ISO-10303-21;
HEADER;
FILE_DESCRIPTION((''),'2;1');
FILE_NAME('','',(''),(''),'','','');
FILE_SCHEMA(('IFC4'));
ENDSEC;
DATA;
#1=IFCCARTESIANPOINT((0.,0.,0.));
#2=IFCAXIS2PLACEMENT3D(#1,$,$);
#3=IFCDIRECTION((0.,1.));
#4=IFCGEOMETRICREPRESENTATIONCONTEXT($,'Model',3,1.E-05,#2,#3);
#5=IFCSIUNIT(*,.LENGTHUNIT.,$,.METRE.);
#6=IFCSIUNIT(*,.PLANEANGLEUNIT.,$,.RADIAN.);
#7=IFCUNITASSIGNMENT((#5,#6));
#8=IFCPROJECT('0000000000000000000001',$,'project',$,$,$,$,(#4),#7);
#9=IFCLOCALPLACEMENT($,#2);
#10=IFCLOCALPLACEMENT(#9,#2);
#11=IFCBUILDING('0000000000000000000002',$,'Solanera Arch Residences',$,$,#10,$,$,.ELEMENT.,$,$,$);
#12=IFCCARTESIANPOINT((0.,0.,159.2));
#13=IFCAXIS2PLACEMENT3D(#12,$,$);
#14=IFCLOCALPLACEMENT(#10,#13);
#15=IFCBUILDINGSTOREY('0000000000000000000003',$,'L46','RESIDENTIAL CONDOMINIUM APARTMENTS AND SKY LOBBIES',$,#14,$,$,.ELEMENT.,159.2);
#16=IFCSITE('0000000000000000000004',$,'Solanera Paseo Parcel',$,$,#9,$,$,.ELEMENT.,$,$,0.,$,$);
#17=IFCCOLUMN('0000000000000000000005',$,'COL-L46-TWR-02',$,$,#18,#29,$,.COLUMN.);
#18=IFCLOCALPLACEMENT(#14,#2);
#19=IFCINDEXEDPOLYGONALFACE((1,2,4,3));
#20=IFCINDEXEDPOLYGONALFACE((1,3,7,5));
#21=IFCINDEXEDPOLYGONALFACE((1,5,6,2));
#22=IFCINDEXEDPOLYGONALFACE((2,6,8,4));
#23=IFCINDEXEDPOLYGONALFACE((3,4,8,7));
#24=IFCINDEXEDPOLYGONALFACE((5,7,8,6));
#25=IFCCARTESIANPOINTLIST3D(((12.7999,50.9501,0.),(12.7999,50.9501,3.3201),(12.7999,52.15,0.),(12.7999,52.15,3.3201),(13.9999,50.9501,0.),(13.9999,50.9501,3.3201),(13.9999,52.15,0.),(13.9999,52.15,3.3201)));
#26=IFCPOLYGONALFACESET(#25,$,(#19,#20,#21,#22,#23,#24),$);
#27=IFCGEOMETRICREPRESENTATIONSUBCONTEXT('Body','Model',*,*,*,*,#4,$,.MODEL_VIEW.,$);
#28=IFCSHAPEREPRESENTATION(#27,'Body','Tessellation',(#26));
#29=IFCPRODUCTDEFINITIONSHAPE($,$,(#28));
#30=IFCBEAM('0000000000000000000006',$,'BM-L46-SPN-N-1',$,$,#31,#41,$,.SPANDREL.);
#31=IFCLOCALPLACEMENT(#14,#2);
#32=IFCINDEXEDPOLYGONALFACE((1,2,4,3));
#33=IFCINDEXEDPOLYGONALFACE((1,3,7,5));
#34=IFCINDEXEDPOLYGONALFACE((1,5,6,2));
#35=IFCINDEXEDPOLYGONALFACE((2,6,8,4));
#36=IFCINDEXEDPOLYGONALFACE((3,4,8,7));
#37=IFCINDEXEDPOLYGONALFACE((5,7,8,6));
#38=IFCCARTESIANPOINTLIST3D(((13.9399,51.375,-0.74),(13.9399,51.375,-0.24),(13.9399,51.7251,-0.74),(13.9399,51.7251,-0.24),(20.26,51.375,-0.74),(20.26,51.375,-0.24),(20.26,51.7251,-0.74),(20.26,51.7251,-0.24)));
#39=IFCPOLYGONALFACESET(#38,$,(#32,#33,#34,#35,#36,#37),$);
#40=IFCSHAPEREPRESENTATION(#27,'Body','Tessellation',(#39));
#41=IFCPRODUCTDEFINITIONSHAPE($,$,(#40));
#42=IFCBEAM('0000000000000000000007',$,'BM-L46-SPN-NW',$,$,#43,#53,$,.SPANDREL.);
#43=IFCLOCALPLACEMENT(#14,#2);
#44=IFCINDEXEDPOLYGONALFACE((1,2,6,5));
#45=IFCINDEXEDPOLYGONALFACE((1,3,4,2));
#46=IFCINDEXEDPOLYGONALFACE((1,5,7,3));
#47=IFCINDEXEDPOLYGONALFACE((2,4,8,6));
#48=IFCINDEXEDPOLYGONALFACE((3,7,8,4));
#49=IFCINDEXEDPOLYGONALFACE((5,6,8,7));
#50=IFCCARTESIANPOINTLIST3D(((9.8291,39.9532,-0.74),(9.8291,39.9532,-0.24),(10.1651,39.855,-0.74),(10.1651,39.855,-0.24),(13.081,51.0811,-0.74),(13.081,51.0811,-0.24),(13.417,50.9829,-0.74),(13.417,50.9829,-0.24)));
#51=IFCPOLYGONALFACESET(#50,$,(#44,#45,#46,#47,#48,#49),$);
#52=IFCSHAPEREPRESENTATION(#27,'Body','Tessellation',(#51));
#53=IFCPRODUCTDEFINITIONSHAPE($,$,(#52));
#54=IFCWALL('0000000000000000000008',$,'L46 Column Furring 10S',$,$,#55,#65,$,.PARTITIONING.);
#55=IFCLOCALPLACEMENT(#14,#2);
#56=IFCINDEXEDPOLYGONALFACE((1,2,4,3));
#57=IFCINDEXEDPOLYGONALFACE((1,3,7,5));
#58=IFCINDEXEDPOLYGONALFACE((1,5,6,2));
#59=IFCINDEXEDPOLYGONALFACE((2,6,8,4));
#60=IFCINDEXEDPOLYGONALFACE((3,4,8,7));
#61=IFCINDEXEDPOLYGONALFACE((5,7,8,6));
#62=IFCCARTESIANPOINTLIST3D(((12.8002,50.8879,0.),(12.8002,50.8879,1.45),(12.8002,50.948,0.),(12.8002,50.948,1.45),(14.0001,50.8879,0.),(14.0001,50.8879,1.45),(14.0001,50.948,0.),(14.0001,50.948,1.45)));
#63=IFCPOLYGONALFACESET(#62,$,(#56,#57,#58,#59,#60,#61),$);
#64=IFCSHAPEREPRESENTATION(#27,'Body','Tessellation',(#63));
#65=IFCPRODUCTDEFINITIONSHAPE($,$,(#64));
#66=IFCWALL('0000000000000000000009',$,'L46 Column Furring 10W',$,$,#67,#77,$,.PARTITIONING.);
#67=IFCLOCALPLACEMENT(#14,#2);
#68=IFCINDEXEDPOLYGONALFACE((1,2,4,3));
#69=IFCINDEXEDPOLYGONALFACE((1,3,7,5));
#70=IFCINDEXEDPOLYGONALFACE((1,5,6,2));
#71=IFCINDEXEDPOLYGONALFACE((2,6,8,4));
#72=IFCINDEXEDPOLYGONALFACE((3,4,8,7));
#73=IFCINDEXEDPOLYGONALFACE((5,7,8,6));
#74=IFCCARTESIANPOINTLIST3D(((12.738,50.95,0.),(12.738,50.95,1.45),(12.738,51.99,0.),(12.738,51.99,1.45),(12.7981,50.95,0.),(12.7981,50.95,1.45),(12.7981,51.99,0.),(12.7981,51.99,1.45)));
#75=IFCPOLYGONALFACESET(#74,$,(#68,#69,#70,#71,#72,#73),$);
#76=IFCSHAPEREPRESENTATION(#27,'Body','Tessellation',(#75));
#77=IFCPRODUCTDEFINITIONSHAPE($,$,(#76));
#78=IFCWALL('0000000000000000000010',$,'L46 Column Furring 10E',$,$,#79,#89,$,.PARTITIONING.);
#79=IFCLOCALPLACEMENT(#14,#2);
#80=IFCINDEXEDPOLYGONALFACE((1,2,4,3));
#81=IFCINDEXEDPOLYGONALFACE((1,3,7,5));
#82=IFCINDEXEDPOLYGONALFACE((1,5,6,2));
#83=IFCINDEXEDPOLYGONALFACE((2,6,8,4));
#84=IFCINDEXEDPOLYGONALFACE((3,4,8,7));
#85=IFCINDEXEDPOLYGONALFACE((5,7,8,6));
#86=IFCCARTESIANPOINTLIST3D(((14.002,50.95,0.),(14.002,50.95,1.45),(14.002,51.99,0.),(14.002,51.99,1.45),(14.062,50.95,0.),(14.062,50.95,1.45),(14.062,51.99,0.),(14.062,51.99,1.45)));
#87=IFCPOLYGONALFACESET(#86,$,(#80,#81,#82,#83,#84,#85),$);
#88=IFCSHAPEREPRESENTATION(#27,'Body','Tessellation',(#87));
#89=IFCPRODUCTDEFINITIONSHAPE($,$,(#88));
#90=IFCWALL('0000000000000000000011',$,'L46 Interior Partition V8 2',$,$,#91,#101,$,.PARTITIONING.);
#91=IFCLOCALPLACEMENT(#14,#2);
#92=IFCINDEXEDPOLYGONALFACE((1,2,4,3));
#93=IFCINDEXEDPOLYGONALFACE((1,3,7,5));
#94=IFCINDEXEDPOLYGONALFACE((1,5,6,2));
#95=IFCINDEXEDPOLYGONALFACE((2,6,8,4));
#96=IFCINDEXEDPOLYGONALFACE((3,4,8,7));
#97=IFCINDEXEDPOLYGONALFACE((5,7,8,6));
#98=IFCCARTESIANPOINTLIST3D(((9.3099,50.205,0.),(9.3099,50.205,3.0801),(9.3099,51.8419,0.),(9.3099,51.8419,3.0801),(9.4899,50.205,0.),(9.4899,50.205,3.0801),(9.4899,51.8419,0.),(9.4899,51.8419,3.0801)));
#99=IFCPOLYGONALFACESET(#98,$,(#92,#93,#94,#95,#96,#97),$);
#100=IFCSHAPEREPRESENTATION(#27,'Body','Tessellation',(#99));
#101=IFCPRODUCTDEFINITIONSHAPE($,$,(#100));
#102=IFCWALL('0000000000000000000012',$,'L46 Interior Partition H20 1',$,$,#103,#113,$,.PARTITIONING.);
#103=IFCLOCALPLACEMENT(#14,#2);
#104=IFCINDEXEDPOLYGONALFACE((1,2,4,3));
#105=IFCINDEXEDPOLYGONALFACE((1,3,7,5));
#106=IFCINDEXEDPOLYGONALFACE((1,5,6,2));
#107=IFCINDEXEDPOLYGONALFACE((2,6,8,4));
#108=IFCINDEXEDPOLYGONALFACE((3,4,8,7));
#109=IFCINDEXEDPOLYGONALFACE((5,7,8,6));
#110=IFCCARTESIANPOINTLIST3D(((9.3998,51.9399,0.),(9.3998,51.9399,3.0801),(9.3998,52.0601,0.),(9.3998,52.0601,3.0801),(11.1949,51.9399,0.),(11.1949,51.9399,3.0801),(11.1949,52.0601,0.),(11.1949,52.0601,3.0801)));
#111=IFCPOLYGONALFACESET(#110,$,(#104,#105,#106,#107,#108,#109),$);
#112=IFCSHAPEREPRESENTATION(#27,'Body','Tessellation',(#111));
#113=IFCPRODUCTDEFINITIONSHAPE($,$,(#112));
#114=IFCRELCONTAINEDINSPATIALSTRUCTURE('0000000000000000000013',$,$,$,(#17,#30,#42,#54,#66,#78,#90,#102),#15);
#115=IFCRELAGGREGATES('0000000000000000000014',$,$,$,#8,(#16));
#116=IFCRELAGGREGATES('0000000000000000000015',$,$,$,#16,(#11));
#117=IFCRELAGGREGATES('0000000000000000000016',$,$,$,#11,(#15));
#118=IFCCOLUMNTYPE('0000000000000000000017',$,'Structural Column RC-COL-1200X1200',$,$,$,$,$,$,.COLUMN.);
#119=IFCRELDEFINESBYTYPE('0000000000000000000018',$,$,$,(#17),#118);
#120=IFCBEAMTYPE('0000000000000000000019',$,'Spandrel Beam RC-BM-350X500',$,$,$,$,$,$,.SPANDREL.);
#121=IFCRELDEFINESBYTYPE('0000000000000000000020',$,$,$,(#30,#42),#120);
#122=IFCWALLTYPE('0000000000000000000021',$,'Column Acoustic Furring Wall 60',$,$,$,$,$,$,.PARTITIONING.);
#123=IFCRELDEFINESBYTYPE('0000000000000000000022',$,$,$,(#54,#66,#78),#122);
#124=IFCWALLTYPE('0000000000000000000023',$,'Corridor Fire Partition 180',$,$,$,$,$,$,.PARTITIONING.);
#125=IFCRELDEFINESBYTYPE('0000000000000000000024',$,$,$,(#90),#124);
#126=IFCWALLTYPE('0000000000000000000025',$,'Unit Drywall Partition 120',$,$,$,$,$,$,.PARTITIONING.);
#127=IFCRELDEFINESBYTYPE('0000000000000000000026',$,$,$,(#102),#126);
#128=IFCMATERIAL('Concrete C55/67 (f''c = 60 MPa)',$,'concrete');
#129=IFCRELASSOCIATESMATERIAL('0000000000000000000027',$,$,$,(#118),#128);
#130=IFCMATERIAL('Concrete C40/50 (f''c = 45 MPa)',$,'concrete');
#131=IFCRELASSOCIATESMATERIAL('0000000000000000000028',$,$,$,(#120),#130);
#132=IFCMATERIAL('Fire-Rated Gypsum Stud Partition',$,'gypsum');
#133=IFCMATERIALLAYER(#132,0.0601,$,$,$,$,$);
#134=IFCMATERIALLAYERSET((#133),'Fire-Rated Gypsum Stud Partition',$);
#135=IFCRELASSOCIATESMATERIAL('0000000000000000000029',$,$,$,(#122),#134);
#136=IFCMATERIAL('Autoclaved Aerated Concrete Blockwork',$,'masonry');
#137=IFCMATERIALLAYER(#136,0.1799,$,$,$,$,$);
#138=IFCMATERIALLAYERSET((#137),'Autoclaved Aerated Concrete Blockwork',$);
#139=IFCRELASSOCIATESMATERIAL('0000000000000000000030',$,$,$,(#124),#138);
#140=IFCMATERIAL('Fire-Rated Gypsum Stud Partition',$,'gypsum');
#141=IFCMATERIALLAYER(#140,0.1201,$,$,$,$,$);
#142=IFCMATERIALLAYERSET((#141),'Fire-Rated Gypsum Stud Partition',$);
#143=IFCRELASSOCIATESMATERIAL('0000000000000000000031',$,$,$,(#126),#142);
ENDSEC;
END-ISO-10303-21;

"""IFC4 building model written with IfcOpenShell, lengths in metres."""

from ifc_helpers import new_model, si_unit, direction, frame, frame_2d, origin, origin_2d, place, context, subcontext, project, spatial, rectangle, extrude, material, layer, layer_set, material_profile, profile_set, type_object, element, save


model = new_model("IFC4")

# Units and contexts
model_context = context("Model", 3, precision=1e-05, world=origin(), true_north=direction((0.0, 1.0)))
body_context = subcontext(model_context, "Body", "Model", "MODEL_VIEW")
ifc_project = project(units=[si_unit("LENGTHUNIT", "METRE"), si_unit("PLANEANGLEUNIT", "RADIAN")], contexts=[model_context])

# Site, building, storey
site_placement = place(None, origin())
site = spatial("IfcSite", under=ifc_project, at=site_placement, Name="Solanera Paseo Parcel", CompositionType="ELEMENT", RefElevation=0.0)
building_placement = place(site_placement, origin())
building = spatial("IfcBuilding", under=site, at=building_placement, Name="Solanera Arch Residences", CompositionType="ELEMENT")
storey_placement = place(building_placement, frame((0.0, 0.0, 159.2)))
storey = spatial("IfcBuildingStorey", under=building, at=storey_placement, Name="L46", Description="RESIDENTIAL CONDOMINIUM APARTMENTS AND SKY LOBBIES", CompositionType="ELEMENT", Elevation=159.2)

# Column
ifc_material_1 = material(Name="Concrete C55/67 (f'c = 60 MPa)", Category="concrete")
ifc_material_profile_1 = material_profile(ifc_material_1, rectangle(XDim=1.2, YDim=1.2, at=origin_2d()))
ifc_profile_set_1 = profile_set([ifc_material_profile_1], Name="Concrete C55/67 (f'c = 60 MPa)")
column_type = type_object("IfcColumnType", Name="Structural Column RC-COL-1200X1200", PredefinedType="COLUMN", material=ifc_profile_set_1)
column_placement = place(storey_placement, frame((13.3999, 51.55, 0.0), z_axis=(0.0, 0.0, 1.0), x_axis=(1.0, 0.0, 0.0)))
element("IfcColumn", 1, at=column_placement, inside=storey, type_object=column_type, Name="COL-L46-TWR-02", PredefinedType="COLUMN", context=body_context, shape_type="SweptSolid", body=[
    extrude(rectangle(XDim=1.2, YDim=1.2, at=origin_2d()), origin(), (0.0, 0.0, 1.0), 3.3201),
])

# Beams
ifc_material_2 = material(Name="Concrete C40/50 (f'c = 45 MPa)", Category="concrete")
ifc_material_profile_2 = material_profile(ifc_material_2, rectangle(XDim=0.3501, YDim=0.5, at=origin_2d()))
ifc_profile_set_2 = profile_set([ifc_material_profile_2], Name="Concrete C40/50 (f'c = 45 MPa)")
beam_type = type_object("IfcBeamType", Name="Spandrel Beam RC-BM-350X500", PredefinedType="SPANDREL", material=ifc_profile_set_2)
beam_1_placement = place(storey_placement, frame((13.9399, 51.55, -0.49), z_axis=(1.0, 0.0, 0.0), x_axis=(0.0, 1.0, 0.0)))
element("IfcBeam", 2, at=beam_1_placement, inside=storey, type_object=beam_type, Name="BM-L46-SPN-N-1", PredefinedType="SPANDREL", context=body_context, shape_type="SweptSolid", body=[
    extrude(rectangle(XDim=0.3501, YDim=0.5, at=origin_2d()), origin(), (0.0, 0.0, 1.0), 6.3201),
])
beam_2_placement = place(storey_placement, frame((13.249, 51.032, -0.49), z_axis=(-0.280501, -0.959854, 0.0), x_axis=(0.959854, -0.280501, 0.0)))
element("IfcBeam", 3, at=beam_2_placement, inside=storey, type_object=beam_type, Name="BM-L46-SPN-NW", PredefinedType="SPANDREL", context=body_context, shape_type="SweptSolid", body=[
    extrude(rectangle(XDim=0.3501, YDim=0.5, at=origin_2d()), origin(), (0.0, 0.0, 1.0), 11.5933),
])

# Walls
ifc_material_3 = material(Name="Fire-Rated Gypsum Stud Partition", Category="gypsum")
ifc_layer_1 = layer(ifc_material_3, 0.0601)
ifc_layer_set_1 = layer_set([ifc_layer_1], Name="Fire-Rated Gypsum Stud Partition")
wall_type_1 = type_object("IfcWallType", Name="Column Acoustic Furring Wall 60", PredefinedType="PARTITIONING", material=ifc_layer_set_1)
wall_1_placement = place(storey_placement, frame((12.8, 50.918, 0.0), z_axis=(0.0, 0.0, 1.0), x_axis=(1.0, 0.0, 0.0)))
element("IfcWall", 4, at=wall_1_placement, inside=storey, type_object=wall_type_1, Name="L46 Column Furring 10S", PredefinedType="PARTITIONING", context=body_context, shape_type="SweptSolid", body=[
    extrude(rectangle(XDim=1.2, YDim=0.0601, at=frame_2d((0.6001, 0.0))), origin(), (0.0, 0.0, 1.0), 1.45),
])
for number, where, z_axis, x_axis, name in (
    (5, (12.7681, 50.95, 0.0), (0.0, 0.0, 1.0), (0.0, 1.0, 0.0), "L46 Column Furring 10W"),
    (6, (14.032, 50.95, 0.0), (0.0, 0.0, 1.0), (0.0, 1.0, 0.0), "L46 Column Furring 10E"),
):
    element("IfcWall", number, at=place(storey_placement, frame(where, z_axis=z_axis, x_axis=x_axis)), inside=storey, type_object=wall_type_1, Name=name, PredefinedType="PARTITIONING", context=body_context, shape_type="SweptSolid", body=[
        extrude(rectangle(XDim=1.04, YDim=0.0601, at=frame_2d((0.52, 0.0))), origin(), (0.0, 0.0, 1.0), 1.45),
    ])
ifc_material_4 = material(Name="Autoclaved Aerated Concrete Blockwork", Category="masonry")
ifc_layer_2 = layer(ifc_material_4, 0.1799)
ifc_layer_set_2 = layer_set([ifc_layer_2], Name="Autoclaved Aerated Concrete Blockwork")
wall_type_2 = type_object("IfcWallType", Name="Corridor Fire Partition 180", PredefinedType="PARTITIONING", material=ifc_layer_set_2)
wall_2_placement = place(storey_placement, frame((9.3999, 50.2051, 0.0), z_axis=(0.0, 0.0, 1.0), x_axis=(0.0, 1.0, 0.0)))
element("IfcWall", 7, at=wall_2_placement, inside=storey, type_object=wall_type_2, Name="L46 Interior Partition V8 2", PredefinedType="PARTITIONING", context=body_context, shape_type="SweptSolid", body=[
    extrude(rectangle(XDim=1.637, YDim=0.1799, at=frame_2d((0.8184, 0.0))), origin(), (0.0, 0.0, 1.0), 3.0801),
])

# Wall
ifc_material_5 = material(Name="Fire-Rated Gypsum Stud Partition", Category="gypsum")
ifc_layer_3 = layer(ifc_material_5, 0.1201)
ifc_layer_set_3 = layer_set([ifc_layer_3], Name="Fire-Rated Gypsum Stud Partition")
wall_type_3 = type_object("IfcWallType", Name="Unit Drywall Partition 120", PredefinedType="PARTITIONING", material=ifc_layer_set_3)
wall_3_placement = place(storey_placement, frame((9.3999, 52.0, 0.0), z_axis=(0.0, 0.0, 1.0), x_axis=(1.0, 0.0, 0.0)))
element("IfcWall", 8, at=wall_3_placement, inside=storey, type_object=wall_type_3, Name="L46 Interior Partition H20 1", PredefinedType="PARTITIONING", context=body_context, shape_type="SweptSolid", body=[
    extrude(rectangle(XDim=1.7952, YDim=0.1201, at=frame_2d((0.8975, 0.0))), origin(), (0.0, 0.0, 1.0), 3.0801),
])

save(model, "model.ifc")
